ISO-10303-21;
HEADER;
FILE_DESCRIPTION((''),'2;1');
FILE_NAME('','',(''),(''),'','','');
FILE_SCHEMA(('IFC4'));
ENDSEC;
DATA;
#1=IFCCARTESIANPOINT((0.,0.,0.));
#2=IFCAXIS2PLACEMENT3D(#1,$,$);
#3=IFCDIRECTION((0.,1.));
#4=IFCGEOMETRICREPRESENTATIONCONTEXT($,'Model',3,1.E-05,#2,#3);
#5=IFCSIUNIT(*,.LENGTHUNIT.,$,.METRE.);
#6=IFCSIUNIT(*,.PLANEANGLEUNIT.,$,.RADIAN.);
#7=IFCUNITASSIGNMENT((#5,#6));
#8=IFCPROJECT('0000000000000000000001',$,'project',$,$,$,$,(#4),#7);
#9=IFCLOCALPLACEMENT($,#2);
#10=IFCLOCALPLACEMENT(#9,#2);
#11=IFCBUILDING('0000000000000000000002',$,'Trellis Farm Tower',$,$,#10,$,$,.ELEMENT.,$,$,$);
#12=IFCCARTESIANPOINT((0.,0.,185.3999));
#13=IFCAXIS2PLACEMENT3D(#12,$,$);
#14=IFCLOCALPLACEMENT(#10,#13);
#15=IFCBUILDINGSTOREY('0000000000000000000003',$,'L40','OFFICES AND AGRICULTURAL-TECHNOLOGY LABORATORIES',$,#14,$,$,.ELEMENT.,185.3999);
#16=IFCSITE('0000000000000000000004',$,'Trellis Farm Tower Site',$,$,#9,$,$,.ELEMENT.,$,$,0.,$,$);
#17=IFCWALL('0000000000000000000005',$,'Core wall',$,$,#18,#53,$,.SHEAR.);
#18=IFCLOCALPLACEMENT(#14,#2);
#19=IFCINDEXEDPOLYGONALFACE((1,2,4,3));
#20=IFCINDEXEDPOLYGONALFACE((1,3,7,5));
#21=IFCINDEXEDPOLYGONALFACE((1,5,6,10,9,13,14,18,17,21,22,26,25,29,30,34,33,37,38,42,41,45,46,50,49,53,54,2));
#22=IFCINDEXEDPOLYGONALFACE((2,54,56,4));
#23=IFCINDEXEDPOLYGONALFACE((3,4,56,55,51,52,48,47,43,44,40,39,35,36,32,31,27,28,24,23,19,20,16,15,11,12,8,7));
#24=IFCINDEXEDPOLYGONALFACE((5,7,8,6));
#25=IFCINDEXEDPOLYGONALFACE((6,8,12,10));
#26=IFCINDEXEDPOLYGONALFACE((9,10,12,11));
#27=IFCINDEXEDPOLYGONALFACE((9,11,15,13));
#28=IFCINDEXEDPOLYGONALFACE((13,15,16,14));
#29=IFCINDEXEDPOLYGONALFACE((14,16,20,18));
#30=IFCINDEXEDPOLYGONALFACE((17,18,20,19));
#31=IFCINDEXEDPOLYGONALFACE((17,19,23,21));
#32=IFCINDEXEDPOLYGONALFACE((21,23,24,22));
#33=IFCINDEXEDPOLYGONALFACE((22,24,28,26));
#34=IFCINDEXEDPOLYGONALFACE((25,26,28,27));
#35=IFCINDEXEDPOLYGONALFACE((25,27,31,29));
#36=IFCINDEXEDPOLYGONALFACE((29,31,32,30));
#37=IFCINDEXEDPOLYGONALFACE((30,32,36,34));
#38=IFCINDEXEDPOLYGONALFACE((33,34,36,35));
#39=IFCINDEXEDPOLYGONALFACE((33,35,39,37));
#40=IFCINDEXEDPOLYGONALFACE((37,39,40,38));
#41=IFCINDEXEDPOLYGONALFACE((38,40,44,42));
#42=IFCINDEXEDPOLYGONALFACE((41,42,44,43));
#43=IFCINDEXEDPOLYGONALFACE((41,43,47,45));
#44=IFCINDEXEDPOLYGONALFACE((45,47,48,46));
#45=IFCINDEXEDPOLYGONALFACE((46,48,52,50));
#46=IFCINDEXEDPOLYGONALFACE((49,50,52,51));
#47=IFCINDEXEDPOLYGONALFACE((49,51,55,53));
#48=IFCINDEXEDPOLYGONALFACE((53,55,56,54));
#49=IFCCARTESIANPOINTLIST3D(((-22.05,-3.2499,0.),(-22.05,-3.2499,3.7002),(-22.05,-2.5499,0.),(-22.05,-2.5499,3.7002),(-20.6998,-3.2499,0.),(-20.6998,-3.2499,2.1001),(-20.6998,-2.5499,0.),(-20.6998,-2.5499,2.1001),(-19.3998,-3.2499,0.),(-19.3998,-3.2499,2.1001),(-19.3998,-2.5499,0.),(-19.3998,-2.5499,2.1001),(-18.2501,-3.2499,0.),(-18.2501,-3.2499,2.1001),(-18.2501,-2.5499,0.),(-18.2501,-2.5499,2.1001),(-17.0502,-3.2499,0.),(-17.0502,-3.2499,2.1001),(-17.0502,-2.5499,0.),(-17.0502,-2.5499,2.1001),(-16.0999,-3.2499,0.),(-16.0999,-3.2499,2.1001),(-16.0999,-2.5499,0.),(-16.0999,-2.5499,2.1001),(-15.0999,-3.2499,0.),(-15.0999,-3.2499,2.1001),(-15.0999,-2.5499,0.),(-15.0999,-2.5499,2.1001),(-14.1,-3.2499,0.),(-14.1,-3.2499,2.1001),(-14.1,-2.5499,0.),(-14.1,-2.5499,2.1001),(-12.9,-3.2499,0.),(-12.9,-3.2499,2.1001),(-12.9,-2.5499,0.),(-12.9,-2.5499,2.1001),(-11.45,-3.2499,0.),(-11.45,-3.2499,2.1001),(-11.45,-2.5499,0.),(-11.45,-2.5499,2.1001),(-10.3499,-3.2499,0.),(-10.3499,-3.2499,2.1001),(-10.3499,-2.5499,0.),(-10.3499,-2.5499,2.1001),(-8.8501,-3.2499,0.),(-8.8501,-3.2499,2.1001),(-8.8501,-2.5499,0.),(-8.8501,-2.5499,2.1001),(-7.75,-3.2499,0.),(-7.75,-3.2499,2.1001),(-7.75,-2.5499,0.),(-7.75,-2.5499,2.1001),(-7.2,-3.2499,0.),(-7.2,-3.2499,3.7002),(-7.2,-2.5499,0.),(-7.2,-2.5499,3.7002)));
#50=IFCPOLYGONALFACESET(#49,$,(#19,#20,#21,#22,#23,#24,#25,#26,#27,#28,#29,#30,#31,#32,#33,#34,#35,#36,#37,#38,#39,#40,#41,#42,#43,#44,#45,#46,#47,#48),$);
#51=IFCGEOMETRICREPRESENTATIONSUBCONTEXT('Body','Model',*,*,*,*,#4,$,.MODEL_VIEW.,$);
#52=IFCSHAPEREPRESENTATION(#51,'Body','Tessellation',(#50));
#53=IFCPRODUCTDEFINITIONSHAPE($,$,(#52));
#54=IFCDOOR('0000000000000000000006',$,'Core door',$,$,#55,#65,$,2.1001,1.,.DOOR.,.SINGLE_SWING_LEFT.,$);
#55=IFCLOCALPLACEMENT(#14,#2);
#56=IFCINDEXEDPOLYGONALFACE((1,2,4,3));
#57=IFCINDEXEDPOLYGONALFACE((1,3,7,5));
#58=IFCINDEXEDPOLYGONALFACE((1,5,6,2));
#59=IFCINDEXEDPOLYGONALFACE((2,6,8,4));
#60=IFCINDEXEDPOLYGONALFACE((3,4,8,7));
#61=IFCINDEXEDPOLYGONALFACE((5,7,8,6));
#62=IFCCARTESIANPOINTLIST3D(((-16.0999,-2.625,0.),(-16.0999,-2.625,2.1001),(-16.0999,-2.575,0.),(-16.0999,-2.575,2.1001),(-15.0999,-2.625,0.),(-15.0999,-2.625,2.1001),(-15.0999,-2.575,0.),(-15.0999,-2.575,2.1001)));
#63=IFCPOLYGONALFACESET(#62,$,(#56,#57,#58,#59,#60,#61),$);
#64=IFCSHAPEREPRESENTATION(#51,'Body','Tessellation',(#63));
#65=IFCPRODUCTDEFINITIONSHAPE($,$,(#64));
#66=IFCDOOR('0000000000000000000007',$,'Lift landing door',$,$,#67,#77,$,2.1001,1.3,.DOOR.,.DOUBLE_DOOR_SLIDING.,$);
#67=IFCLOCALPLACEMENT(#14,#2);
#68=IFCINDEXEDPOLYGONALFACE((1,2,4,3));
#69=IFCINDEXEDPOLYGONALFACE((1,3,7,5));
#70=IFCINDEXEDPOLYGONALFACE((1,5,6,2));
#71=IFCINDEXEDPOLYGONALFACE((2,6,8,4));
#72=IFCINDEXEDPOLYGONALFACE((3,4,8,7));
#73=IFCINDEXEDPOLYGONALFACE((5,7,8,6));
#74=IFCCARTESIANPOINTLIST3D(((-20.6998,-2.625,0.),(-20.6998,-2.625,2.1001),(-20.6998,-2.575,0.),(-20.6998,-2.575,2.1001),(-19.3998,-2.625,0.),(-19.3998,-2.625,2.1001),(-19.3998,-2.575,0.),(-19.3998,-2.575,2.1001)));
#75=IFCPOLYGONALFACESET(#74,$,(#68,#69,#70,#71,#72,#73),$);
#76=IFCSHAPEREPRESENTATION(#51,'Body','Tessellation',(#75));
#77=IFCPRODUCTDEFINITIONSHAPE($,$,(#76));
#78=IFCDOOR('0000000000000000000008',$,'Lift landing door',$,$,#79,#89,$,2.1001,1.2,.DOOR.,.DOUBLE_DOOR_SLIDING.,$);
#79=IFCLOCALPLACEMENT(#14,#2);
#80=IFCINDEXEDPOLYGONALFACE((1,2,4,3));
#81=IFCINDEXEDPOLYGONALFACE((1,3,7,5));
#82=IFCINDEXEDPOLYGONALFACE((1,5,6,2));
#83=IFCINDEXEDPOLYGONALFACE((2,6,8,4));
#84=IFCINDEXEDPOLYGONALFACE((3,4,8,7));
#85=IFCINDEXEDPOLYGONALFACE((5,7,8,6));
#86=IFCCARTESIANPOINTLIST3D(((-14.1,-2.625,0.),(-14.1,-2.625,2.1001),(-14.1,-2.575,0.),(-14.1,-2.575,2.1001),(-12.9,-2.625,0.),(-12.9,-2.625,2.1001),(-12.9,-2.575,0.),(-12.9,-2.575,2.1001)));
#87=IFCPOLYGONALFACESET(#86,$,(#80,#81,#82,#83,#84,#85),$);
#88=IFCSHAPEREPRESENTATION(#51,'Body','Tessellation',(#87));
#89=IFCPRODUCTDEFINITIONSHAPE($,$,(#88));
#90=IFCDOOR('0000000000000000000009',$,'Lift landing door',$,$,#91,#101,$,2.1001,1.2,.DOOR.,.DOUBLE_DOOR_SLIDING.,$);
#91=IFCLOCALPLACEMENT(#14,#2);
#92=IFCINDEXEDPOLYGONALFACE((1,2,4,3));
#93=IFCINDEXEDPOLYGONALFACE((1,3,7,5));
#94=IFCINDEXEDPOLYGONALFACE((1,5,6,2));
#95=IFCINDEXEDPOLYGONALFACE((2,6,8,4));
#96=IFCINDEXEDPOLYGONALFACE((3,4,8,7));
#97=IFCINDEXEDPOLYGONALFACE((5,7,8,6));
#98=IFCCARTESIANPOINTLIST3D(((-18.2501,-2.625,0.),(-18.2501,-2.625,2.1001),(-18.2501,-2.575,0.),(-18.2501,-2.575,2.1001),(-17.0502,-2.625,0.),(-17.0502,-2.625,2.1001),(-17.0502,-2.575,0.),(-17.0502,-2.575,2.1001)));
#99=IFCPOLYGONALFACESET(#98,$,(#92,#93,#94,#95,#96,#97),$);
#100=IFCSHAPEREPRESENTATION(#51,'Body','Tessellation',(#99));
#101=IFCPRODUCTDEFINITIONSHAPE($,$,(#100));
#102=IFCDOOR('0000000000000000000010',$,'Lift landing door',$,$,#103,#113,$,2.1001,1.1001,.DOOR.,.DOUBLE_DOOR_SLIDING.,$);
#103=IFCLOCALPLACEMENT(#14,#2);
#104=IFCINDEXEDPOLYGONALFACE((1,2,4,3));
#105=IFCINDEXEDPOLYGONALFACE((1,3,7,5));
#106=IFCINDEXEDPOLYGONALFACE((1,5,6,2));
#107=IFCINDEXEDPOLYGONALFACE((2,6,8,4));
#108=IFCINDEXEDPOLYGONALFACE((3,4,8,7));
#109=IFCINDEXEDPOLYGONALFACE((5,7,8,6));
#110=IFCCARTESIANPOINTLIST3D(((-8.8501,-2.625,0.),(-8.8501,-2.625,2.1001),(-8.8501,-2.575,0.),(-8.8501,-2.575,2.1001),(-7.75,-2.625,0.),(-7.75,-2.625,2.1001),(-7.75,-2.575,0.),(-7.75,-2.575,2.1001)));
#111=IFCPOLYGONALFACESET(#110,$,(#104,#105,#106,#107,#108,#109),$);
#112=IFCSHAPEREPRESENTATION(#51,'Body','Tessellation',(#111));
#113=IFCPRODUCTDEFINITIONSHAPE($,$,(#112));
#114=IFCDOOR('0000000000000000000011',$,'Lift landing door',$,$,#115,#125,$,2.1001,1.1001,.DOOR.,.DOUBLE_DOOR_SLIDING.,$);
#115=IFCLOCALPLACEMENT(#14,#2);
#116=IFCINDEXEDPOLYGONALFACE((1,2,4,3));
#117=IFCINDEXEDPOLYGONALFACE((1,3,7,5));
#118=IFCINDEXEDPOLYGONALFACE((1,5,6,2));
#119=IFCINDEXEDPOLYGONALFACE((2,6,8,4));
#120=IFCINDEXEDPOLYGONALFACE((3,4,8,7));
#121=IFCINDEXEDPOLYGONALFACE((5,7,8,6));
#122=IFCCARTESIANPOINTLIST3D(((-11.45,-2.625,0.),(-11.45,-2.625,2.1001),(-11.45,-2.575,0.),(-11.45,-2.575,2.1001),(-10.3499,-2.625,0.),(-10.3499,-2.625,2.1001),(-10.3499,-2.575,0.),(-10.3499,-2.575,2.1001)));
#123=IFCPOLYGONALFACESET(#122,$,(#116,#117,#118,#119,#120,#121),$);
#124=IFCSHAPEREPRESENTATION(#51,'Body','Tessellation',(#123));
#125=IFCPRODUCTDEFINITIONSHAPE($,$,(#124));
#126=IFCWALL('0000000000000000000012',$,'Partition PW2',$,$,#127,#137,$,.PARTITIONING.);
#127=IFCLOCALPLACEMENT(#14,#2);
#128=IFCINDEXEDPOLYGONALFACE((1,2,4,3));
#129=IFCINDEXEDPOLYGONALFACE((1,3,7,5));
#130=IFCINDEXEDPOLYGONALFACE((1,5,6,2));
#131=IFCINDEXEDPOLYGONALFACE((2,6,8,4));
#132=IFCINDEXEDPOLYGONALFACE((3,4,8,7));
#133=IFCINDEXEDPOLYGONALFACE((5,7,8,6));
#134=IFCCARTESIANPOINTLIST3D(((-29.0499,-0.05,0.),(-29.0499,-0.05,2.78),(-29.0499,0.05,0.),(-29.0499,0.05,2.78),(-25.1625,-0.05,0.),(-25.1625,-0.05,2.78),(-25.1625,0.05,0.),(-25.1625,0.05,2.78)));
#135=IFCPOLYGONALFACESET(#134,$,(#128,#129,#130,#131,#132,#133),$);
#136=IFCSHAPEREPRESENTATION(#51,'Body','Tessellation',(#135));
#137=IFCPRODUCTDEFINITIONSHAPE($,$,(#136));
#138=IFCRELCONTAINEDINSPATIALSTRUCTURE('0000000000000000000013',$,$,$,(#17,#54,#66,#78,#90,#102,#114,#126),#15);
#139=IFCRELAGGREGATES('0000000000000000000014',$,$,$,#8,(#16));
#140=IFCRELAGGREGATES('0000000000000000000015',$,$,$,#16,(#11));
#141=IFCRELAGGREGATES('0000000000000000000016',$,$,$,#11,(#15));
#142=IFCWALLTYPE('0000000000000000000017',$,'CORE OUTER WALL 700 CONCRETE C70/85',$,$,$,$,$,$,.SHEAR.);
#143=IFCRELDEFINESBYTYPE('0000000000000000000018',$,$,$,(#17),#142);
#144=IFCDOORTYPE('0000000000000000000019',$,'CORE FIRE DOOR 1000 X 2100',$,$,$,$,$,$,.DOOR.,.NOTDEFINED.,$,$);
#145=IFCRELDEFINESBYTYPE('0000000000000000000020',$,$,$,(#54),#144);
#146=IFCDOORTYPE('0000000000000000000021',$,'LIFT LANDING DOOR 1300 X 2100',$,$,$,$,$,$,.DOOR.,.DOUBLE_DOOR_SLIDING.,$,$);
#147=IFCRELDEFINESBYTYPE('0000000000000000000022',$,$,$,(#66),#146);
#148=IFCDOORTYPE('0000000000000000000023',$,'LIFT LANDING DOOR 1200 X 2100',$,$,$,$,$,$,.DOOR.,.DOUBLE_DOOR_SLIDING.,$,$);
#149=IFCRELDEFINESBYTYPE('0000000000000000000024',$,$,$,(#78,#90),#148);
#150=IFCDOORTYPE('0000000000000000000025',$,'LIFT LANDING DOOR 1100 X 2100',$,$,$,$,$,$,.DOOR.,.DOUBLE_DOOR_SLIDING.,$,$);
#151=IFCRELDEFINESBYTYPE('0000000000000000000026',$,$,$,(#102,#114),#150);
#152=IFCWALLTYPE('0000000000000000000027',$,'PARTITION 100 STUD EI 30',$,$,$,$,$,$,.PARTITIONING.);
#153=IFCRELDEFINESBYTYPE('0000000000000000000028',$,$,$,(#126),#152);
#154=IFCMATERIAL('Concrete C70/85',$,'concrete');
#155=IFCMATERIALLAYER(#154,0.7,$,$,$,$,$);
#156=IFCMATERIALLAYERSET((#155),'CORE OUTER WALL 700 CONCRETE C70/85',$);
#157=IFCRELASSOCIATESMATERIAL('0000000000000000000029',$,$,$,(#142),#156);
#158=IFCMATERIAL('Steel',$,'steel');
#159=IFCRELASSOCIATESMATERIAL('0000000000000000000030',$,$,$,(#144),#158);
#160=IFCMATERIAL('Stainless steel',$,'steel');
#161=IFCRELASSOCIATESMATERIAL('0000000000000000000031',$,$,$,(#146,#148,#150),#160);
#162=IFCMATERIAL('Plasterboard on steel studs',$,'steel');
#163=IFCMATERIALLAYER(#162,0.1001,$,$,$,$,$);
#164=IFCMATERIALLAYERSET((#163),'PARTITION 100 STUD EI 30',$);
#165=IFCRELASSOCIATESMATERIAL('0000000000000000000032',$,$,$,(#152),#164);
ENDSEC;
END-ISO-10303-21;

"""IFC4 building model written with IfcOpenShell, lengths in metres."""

from ifc_helpers import new_model, si_unit, direction, frame, frame_2d, origin, place, context, subcontext, project, spatial, rectangle, extrude, source, transform, mapped, material, layer, layer_set, type_object, element, fill, save


model = new_model("IFC4")

# Units and contexts
model_context = context("Model", 3, precision=1e-05, world=origin(), true_north=direction((0.0, 1.0)))
body_context = subcontext(model_context, "Body", "Model", "MODEL_VIEW")
ifc_project = project(units=[si_unit("LENGTHUNIT", "METRE"), si_unit("PLANEANGLEUNIT", "RADIAN")], contexts=[model_context])

# Site, building, storey
site_placement = place(None, origin())
site = spatial("IfcSite", under=ifc_project, at=site_placement, Name="Trellis Farm Tower Site", CompositionType="ELEMENT", RefElevation=0.0)
building_placement = place(site_placement, origin())
building = spatial("IfcBuilding", under=site, at=building_placement, Name="Trellis Farm Tower", CompositionType="ELEMENT")
storey_placement = place(building_placement, frame((0.0, 0.0, 185.3999)))
storey = spatial("IfcBuildingStorey", under=building, at=storey_placement, Name="L40", Description="OFFICES AND AGRICULTURAL-TECHNOLOGY LABORATORIES", CompositionType="ELEMENT", Elevation=185.3999)

# Shared definitions
ifc_material_1 = material(Name="Concrete C70/85", Category="concrete")

# Shared definitions
ifc_material_2 = material(Name="Steel", Category="steel")

# Wall, openings, doors
ifc_layer_1 = layer(ifc_material_1, 0.7)
ifc_layer_set_1 = layer_set([ifc_layer_1], Name="CORE OUTER WALL 700 CONCRETE C70/85")
wall_type_1 = type_object("IfcWallType", Name="CORE OUTER WALL 700 CONCRETE C70/85", PredefinedType="SHEAR", material=ifc_layer_set_1)
shared_shape_1 = source(origin(), body_context, "Body", "SweptSolid", [
    extrude(rectangle(XDim=14.8501, YDim=0.7, at=frame_2d((7.425, 0.0))), origin(), (0.0, 0.0, 1.0), 3.7002),
])
wall_1_placement = place(storey_placement, frame((-7.2, -2.8999, 0.0), z_axis=(0.0, 0.0, 1.0), x_axis=(-1.0, 0.0, 0.0)))
wall_1 = element("IfcWall", 1, at=wall_1_placement, inside=storey, type_object=wall_type_1, Name="Core wall", PredefinedType="SHEAR", context=body_context, shape_type="MappedRepresentation", body=[
    mapped(shared_shape_1, transform((0.0, 0.0, 0.0))),
])
shared_shape_2 = source(origin(), body_context, "Body", "SweptSolid", [
    extrude(rectangle(XDim=1.1001, YDim=2.1001, at=frame_2d((0.55, 1.05))), frame((0.0, 0.3601, 0.0), z_axis=(0.0, -1.0, 0.0), x_axis=(1.0, 0.0, 0.0)), (0.0, 0.0, 1.0), 0.7202),
])
opening_1_placement = place(wall_1_placement, frame((0.55, 0.0, 0.0)))
opening_1 = element("IfcOpeningElement", 2, at=opening_1_placement, cuts=wall_1, PredefinedType="OPENING", context=body_context, shape_type="MappedRepresentation", body=[
    mapped(shared_shape_2, transform((0.0, 0.0, 0.0))),
])
opening_2_placement = place(wall_1_placement, frame((3.1499, 0.0, 0.0)))
opening_2 = element("IfcOpeningElement", 3, at=opening_2_placement, cuts=wall_1, PredefinedType="OPENING", context=body_context, shape_type="MappedRepresentation", body=[
    mapped(shared_shape_2, transform((0.0, 0.0, 0.0))),
])
shared_shape_3 = source(origin(), body_context, "Body", "SweptSolid", [
    extrude(rectangle(XDim=1.2, YDim=2.1001, at=frame_2d((0.6001, 1.05))), frame((0.0, 0.3601, 0.0), z_axis=(0.0, -1.0, 0.0), x_axis=(1.0, 0.0, 0.0)), (0.0, 0.0, 1.0), 0.7202),
])
opening_3_placement = place(wall_1_placement, frame((5.7, 0.0, 0.0)))
opening_3 = element("IfcOpeningElement", 4, at=opening_3_placement, cuts=wall_1, PredefinedType="OPENING", context=body_context, shape_type="MappedRepresentation", body=[
    mapped(shared_shape_3, transform((0.0, 0.0, 0.0))),
])
shared_shape_4 = source(origin(), body_context, "Body", "SweptSolid", [
    extrude(rectangle(XDim=1.3, YDim=2.1001, at=frame_2d((0.6499, 1.05))), frame((0.0, 0.3601, 0.0), z_axis=(0.0, -1.0, 0.0), x_axis=(1.0, 0.0, 0.0)), (0.0, 0.0, 1.0), 0.7202),
])
opening_4_placement = place(wall_1_placement, frame((12.2, 0.0, 0.0)))
opening_4 = element("IfcOpeningElement", 5, at=opening_4_placement, cuts=wall_1, PredefinedType="OPENING", context=body_context, shape_type="MappedRepresentation", body=[
    mapped(shared_shape_4, transform((0.0, 0.0, 0.0))),
])
opening_5_placement = place(wall_1_placement, frame((9.8501, 0.0, 0.0)))
opening_5 = element("IfcOpeningElement", 6, at=opening_5_placement, cuts=wall_1, PredefinedType="OPENING", context=body_context, shape_type="MappedRepresentation", body=[
    mapped(shared_shape_3, transform((0.0, 0.0, 0.0))),
])
shared_shape_5 = source(origin(), body_context, "Body", "SweptSolid", [
    extrude(rectangle(XDim=1.0, YDim=2.1001, at=frame_2d((0.5, 1.05))), frame((0.0, 0.3601, 0.0), z_axis=(0.0, -1.0, 0.0), x_axis=(1.0, 0.0, 0.0)), (0.0, 0.0, 1.0), 0.7202),
])
opening_6_placement = place(wall_1_placement, frame((7.8999, 0.0, 0.0)))
opening_6 = element("IfcOpeningElement", 7, at=opening_6_placement, cuts=wall_1, PredefinedType="OPENING", context=body_context, shape_type="MappedRepresentation", body=[
    mapped(shared_shape_5, transform((0.0, 0.0, 0.0))),
])
door_type_1 = type_object("IfcDoorType", Name="CORE FIRE DOOR 1000 X 2100", OperationType="NOTDEFINED", PredefinedType="DOOR", material=ifc_material_2)
shared_shape_6 = source(origin(), body_context, "Body", "SweptSolid", [
    extrude(rectangle(XDim=1.0, YDim=2.1001, at=frame_2d((0.5, 1.05))), frame((0.0, -0.2749, 0.0), z_axis=(0.0, -1.0, 0.0), x_axis=(1.0, 0.0, 0.0)), (0.0, 0.0, 1.0), 0.05),
])
door_1_placement = place(opening_6_placement, origin())
door_1 = element("IfcDoor", 8, at=door_1_placement, inside=storey, type_object=door_type_1, Name="Core door", OperationType="SINGLE_SWING_LEFT", OverallHeight=2.1001, OverallWidth=1.0, PredefinedType="DOOR", context=body_context, shape_type="MappedRepresentation", body=[
    mapped(shared_shape_6, transform((0.0, 0.0, 0.0))),
])
fill(opening_6, door_1)
ifc_material_3 = material(Name="Stainless steel", Category="steel")
door_type_2 = type_object("IfcDoorType", Name="LIFT LANDING DOOR 1300 X 2100", OperationType="DOUBLE_DOOR_SLIDING", PredefinedType="DOOR", material=ifc_material_3)
shared_shape_7 = source(origin(), body_context, "Body", "SweptSolid", [
    extrude(rectangle(XDim=1.3, YDim=2.1001, at=frame_2d((0.6499, 1.05))), frame((0.0, -0.2749, 0.0), z_axis=(0.0, -1.0, 0.0), x_axis=(1.0, 0.0, 0.0)), (0.0, 0.0, 1.0), 0.05),
])
door_2_placement = place(opening_4_placement, origin())
door_2 = element("IfcDoor", 9, at=door_2_placement, inside=storey, type_object=door_type_2, Name="Lift landing door", OperationType="DOUBLE_DOOR_SLIDING", OverallHeight=2.1001, OverallWidth=1.3, PredefinedType="DOOR", context=body_context, shape_type="MappedRepresentation", body=[
    mapped(shared_shape_7, transform((0.0, 0.0, 0.0))),
])
fill(opening_4, door_2)
door_type_3 = type_object("IfcDoorType", Name="LIFT LANDING DOOR 1200 X 2100", OperationType="DOUBLE_DOOR_SLIDING", PredefinedType="DOOR", material=ifc_material_3)
shared_shape_8 = source(origin(), body_context, "Body", "SweptSolid", [
    extrude(rectangle(XDim=1.2, YDim=2.1001, at=frame_2d((0.6001, 1.05))), frame((0.0, -0.2749, 0.0), z_axis=(0.0, -1.0, 0.0), x_axis=(1.0, 0.0, 0.0)), (0.0, 0.0, 1.0), 0.05),
])
door_3_placement = place(opening_3_placement, origin())
door_3 = element("IfcDoor", 10, at=door_3_placement, inside=storey, type_object=door_type_3, Name="Lift landing door", OperationType="DOUBLE_DOOR_SLIDING", OverallHeight=2.1001, OverallWidth=1.2, PredefinedType="DOOR", context=body_context, shape_type="MappedRepresentation", body=[
    mapped(shared_shape_8, transform((0.0, 0.0, 0.0))),
])
fill(opening_3, door_3)
door_4_placement = place(opening_5_placement, origin())
door_4 = element("IfcDoor", 11, at=door_4_placement, inside=storey, type_object=door_type_3, Name="Lift landing door", OperationType="DOUBLE_DOOR_SLIDING", OverallHeight=2.1001, OverallWidth=1.2, PredefinedType="DOOR", context=body_context, shape_type="MappedRepresentation", body=[
    mapped(shared_shape_8, transform((0.0, 0.0, 0.0))),
])
fill(opening_5, door_4)
door_type_4 = type_object("IfcDoorType", Name="LIFT LANDING DOOR 1100 X 2100", OperationType="DOUBLE_DOOR_SLIDING", PredefinedType="DOOR", material=ifc_material_3)
shared_shape_9 = source(origin(), body_context, "Body", "SweptSolid", [
    extrude(rectangle(XDim=1.1001, YDim=2.1001, at=frame_2d((0.55, 1.05))), frame((0.0, -0.2749, 0.0), z_axis=(0.0, -1.0, 0.0), x_axis=(1.0, 0.0, 0.0)), (0.0, 0.0, 1.0), 0.05),
])
door_5_placement = place(opening_1_placement, origin())
door_5 = element("IfcDoor", 12, at=door_5_placement, inside=storey, type_object=door_type_4, Name="Lift landing door", OperationType="DOUBLE_DOOR_SLIDING", OverallHeight=2.1001, OverallWidth=1.1001, PredefinedType="DOOR", context=body_context, shape_type="MappedRepresentation", body=[
    mapped(shared_shape_9, transform((0.0, 0.0, 0.0))),
])
fill(opening_1, door_5)
door_6_placement = place(opening_2_placement, origin())
door_6 = element("IfcDoor", 13, at=door_6_placement, inside=storey, type_object=door_type_4, Name="Lift landing door", OperationType="DOUBLE_DOOR_SLIDING", OverallHeight=2.1001, OverallWidth=1.1001, PredefinedType="DOOR", context=body_context, shape_type="MappedRepresentation", body=[
    mapped(shared_shape_9, transform((0.0, 0.0, 0.0))),
])
fill(opening_2, door_6)

# Wall
ifc_material_4 = material(Name="Plasterboard on steel studs", Category="steel")
ifc_layer_2 = layer(ifc_material_4, 0.1001)
ifc_layer_set_2 = layer_set([ifc_layer_2], Name="PARTITION 100 STUD EI 30")
wall_type_2 = type_object("IfcWallType", Name="PARTITION 100 STUD EI 30", PredefinedType="PARTITIONING", material=ifc_layer_set_2)
shared_shape_10 = source(origin(), body_context, "Body", "SweptSolid", [
    extrude(rectangle(XDim=3.8875, YDim=0.1001, at=frame_2d((1.9438, 0.0))), origin(), (0.0, 0.0, 1.0), 2.78),
])
wall_2_placement = place(storey_placement, frame((-29.05, 0.0, 0.0), z_axis=(0.0, 0.0, 1.0), x_axis=(1.0, 0.0, 0.0)))
element("IfcWall", 14, at=wall_2_placement, inside=storey, type_object=wall_type_2, Name="Partition PW2", PredefinedType="PARTITIONING", context=body_context, shape_type="MappedRepresentation", body=[
    mapped(shared_shape_10, transform((0.0, 0.0, 0.0))),
])

save(model, "model.ifc")
